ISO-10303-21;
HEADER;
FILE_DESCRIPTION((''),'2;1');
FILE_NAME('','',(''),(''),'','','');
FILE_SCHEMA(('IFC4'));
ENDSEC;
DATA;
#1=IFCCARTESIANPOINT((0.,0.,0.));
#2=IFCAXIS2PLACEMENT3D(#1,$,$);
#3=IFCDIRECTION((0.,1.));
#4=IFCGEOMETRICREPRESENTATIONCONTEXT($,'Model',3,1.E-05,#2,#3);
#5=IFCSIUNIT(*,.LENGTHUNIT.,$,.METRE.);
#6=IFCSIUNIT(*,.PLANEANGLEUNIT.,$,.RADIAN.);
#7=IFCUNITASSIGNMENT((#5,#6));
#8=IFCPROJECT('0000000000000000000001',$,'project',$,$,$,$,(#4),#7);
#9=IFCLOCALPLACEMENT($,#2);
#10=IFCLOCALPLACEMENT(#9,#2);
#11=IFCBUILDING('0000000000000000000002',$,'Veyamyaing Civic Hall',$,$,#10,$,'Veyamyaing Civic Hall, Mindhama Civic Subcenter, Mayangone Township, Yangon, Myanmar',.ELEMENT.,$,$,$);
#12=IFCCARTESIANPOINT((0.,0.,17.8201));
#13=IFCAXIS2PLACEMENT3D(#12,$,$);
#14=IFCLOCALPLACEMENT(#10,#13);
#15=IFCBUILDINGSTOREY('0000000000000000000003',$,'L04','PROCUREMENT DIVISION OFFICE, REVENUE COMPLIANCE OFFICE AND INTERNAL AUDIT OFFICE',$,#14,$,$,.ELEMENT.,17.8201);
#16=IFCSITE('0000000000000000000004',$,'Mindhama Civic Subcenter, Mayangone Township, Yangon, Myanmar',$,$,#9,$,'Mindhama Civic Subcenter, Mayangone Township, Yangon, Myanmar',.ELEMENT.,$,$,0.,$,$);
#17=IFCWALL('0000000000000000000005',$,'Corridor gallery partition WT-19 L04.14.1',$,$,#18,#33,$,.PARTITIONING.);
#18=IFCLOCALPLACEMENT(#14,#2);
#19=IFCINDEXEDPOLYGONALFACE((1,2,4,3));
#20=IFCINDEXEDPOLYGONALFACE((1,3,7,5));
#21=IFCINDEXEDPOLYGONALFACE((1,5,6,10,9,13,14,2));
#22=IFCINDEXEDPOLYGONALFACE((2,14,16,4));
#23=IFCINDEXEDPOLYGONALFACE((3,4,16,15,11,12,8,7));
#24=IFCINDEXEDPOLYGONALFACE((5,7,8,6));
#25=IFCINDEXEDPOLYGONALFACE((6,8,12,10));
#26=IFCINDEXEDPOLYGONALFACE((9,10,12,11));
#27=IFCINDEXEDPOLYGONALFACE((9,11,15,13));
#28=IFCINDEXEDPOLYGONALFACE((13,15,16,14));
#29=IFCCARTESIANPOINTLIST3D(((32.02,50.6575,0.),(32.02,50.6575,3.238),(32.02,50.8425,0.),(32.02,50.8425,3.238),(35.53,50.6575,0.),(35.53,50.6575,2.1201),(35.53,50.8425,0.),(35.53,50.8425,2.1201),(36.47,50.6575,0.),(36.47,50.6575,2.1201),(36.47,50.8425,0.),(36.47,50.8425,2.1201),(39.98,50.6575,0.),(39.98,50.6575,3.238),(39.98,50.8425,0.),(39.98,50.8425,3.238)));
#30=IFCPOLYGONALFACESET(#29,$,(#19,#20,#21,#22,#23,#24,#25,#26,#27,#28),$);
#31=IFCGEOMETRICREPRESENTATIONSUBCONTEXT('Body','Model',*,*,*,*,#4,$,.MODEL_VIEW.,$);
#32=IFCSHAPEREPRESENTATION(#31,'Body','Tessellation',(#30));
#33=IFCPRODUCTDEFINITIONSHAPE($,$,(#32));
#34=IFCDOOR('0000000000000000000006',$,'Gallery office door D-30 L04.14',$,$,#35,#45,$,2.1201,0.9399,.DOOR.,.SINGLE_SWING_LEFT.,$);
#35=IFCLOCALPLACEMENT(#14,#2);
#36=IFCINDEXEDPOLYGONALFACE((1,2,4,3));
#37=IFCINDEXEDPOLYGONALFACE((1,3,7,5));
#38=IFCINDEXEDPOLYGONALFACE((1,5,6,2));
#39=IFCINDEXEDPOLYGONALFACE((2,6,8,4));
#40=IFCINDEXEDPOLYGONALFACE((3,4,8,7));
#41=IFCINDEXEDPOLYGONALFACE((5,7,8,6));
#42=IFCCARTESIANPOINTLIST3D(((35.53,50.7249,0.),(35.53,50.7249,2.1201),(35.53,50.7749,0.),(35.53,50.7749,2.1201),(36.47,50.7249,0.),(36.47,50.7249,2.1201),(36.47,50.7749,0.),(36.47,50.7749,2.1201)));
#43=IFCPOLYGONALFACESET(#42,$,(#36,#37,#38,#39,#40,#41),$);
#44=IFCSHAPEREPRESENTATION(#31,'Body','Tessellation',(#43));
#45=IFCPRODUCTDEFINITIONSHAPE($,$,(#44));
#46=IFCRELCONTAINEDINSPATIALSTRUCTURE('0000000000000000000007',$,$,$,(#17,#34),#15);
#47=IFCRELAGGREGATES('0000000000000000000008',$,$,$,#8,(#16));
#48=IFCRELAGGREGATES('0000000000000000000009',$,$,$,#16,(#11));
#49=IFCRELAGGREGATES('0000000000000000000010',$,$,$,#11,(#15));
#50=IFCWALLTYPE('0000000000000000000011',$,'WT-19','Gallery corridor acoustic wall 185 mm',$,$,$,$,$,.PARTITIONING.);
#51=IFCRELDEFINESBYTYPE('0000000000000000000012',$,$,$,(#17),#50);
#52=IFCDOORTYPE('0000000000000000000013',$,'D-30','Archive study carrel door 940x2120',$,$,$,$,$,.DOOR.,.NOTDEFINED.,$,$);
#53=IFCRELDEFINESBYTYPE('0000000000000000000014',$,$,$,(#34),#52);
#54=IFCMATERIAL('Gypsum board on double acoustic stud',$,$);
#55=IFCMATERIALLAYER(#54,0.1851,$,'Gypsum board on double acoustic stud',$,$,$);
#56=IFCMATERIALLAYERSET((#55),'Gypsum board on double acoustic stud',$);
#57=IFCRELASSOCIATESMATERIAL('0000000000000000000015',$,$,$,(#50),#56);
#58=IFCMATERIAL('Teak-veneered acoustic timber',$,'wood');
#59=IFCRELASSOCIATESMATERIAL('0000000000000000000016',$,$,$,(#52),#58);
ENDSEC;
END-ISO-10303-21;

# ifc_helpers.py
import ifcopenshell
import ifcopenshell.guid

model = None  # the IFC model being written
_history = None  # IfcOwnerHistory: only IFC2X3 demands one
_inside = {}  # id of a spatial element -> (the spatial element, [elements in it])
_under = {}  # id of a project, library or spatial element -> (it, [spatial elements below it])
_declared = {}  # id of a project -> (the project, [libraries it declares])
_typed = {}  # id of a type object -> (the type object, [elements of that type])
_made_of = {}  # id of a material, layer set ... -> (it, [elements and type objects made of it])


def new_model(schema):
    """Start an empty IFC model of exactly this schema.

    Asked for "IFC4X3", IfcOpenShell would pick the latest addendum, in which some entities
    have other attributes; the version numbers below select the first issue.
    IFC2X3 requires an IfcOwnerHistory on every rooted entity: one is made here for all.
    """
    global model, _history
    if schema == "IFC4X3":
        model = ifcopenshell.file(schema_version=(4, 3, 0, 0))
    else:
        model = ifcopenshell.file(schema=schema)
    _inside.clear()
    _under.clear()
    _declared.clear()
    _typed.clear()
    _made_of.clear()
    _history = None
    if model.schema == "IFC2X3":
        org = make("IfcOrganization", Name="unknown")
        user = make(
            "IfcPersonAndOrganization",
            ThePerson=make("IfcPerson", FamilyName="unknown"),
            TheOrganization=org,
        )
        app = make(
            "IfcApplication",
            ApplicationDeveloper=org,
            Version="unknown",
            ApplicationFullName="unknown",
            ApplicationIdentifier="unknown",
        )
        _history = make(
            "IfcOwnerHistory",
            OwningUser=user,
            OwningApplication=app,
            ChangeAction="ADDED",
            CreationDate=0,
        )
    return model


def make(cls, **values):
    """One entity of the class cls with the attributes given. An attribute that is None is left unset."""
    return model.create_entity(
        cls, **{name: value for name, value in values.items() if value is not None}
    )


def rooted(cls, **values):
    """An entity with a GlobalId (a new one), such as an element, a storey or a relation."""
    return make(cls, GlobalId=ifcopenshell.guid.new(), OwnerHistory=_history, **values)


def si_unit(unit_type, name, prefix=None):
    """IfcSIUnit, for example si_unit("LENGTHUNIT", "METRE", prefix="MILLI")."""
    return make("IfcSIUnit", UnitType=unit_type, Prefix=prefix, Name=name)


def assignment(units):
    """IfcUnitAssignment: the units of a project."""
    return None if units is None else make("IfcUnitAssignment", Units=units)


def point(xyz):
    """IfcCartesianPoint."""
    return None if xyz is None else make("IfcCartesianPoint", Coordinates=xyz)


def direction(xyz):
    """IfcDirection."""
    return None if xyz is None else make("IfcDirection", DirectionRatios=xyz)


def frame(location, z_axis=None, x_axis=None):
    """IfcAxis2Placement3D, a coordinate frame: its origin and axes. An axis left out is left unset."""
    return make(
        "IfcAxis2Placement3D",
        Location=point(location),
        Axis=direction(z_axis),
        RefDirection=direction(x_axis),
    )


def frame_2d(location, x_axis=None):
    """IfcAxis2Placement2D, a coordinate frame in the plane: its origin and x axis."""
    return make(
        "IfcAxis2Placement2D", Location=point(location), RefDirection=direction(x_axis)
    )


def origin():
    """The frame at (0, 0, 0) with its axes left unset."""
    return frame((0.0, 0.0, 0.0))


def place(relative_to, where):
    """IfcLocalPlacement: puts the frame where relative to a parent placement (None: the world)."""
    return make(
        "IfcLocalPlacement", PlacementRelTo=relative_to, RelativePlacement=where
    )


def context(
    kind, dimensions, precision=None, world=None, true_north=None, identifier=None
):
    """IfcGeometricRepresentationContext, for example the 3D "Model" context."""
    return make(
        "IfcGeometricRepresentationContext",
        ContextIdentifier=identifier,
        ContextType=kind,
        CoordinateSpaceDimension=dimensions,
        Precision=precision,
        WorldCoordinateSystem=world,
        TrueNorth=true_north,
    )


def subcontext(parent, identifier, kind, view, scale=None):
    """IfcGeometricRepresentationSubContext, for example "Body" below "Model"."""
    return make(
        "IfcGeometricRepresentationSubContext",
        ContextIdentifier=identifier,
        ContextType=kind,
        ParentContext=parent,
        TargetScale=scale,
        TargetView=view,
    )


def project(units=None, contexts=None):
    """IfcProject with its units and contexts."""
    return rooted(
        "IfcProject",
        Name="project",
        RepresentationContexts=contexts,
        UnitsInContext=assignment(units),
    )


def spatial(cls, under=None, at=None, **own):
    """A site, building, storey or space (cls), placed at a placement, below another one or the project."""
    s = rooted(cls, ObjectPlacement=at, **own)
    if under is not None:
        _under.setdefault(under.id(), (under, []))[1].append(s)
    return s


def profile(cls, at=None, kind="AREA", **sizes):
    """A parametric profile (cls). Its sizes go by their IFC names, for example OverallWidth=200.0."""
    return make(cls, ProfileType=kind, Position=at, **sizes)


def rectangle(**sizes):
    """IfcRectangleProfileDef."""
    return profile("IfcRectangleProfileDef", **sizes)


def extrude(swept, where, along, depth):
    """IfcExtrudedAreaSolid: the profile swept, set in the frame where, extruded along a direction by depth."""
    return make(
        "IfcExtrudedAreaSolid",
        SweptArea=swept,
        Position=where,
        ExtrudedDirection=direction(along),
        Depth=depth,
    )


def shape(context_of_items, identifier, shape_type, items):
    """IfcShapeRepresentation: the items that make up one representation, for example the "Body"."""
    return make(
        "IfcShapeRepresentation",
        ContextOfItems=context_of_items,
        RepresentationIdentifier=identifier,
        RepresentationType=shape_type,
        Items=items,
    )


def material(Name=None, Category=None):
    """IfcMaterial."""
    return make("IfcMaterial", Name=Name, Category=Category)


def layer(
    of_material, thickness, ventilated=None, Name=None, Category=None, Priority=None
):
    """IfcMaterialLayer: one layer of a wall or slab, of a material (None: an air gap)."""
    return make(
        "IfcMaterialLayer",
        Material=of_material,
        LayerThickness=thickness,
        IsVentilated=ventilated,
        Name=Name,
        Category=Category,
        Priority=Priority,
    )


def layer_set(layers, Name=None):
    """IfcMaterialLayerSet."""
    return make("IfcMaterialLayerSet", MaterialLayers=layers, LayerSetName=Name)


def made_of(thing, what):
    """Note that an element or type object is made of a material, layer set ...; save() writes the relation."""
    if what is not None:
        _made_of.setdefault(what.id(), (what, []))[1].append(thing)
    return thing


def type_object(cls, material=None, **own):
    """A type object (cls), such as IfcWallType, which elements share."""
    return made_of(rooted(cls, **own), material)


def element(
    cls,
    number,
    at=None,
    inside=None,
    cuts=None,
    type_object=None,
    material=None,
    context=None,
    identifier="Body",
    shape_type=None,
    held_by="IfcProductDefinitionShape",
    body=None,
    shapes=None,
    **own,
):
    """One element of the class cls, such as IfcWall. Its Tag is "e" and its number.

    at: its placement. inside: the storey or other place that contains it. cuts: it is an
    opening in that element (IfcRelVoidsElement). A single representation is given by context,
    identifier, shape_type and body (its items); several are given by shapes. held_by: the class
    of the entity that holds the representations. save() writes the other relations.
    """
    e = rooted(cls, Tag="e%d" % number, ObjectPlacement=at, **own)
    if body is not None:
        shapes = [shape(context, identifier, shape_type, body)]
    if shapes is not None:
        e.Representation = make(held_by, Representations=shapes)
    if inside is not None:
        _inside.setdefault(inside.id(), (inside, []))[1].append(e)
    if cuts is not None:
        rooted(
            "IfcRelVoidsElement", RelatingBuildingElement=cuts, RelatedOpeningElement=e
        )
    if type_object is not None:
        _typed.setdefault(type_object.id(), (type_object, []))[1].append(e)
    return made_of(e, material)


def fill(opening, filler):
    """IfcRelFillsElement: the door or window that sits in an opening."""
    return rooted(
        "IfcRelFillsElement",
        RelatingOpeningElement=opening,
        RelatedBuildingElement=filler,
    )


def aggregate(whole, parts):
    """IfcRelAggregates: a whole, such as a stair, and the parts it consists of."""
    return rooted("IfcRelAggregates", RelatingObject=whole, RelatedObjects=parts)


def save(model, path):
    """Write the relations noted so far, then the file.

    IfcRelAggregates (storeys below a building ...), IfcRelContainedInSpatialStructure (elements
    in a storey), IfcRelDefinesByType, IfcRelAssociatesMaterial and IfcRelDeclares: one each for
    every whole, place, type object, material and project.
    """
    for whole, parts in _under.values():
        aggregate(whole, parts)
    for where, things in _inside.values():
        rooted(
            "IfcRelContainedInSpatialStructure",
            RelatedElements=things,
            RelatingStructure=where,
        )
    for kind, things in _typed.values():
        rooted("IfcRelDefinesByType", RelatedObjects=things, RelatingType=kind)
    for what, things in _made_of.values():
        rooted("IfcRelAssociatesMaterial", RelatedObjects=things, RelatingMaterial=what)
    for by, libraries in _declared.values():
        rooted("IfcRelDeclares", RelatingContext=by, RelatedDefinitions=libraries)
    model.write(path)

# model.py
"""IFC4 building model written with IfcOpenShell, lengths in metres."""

from ifc_helpers import new_model, si_unit, direction, frame, frame_2d, origin, place, context, subcontext, project, spatial, rectangle, extrude, material, layer, layer_set, type_object, element, fill, save


model = new_model("IFC4")

# Units and contexts
model_context = context("Model", 3, precision=1e-05, world=origin(), true_north=direction((0.0, 1.0)))
body_context = subcontext(model_context, "Body", "Model", "MODEL_VIEW")
ifc_project = project(units=[si_unit("LENGTHUNIT", "METRE"), si_unit("PLANEANGLEUNIT", "RADIAN")], contexts=[model_context])

# Site, building, storey
site_placement = place(None, origin())
site = spatial("IfcSite", under=ifc_project, at=site_placement, Name="Mindhama Civic Subcenter, Mayangone Township, Yangon, Myanmar", LongName="Mindhama Civic Subcenter, Mayangone Township, Yangon, Myanmar", CompositionType="ELEMENT", RefElevation=0.0)
building_placement = place(site_placement, origin())
building = spatial("IfcBuilding", under=site, at=building_placement, Name="Veyamyaing Civic Hall", LongName="Veyamyaing Civic Hall, Mindhama Civic Subcenter, Mayangone Township, Yangon, Myanmar", CompositionType="ELEMENT")
storey_placement = place(building_placement, frame((0.0, 0.0, 17.8201)))
storey = spatial("IfcBuildingStorey", under=building, at=storey_placement, Name="L04", Description="PROCUREMENT DIVISION OFFICE, REVENUE COMPLIANCE OFFICE AND INTERNAL AUDIT OFFICE", CompositionType="ELEMENT", Elevation=17.8201)

# Wall, opening, door
ifc_material_1 = material(Name="Gypsum board on double acoustic stud")
ifc_layer_1 = layer(ifc_material_1, 0.1851, Name="Gypsum board on double acoustic stud")
ifc_layer_set_1 = layer_set([ifc_layer_1], Name="Gypsum board on double acoustic stud")
wall_type_1 = type_object("IfcWallType", Name="WT-19", Description="Gallery corridor acoustic wall 185 mm", PredefinedType="PARTITIONING", material=ifc_layer_set_1)
wall_1_placement = place(storey_placement, frame((32.02, 50.75, 0.0), z_axis=(0.0, 0.0, 1.0), x_axis=(1.0, 0.0, 0.0)))
wall_1 = element("IfcWall", 1, at=wall_1_placement, inside=storey, type_object=wall_type_1, Name="Corridor gallery partition WT-19 L04.14.1", PredefinedType="PARTITIONING", context=body_context, shape_type="SweptSolid", body=[
    extrude(rectangle(XDim=7.96, YDim=0.1851, at=frame_2d((3.98, 0.0))), origin(), (0.0, 0.0, 1.0), 3.238),
])
opening_placement = place(wall_1_placement, frame((3.51, 0.0, 0.0)))
opening = element("IfcOpeningElement", 2, at=opening_placement, cuts=wall_1, PredefinedType="OPENING", context=body_context, shape_type="SweptSolid", body=[
    extrude(rectangle(XDim=0.9399, YDim=2.1201, at=frame_2d((0.47, 1.0601))), frame((0.0, 0.1025, 0.0), z_axis=(0.0, -1.0, 0.0), x_axis=(1.0, 0.0, 0.0)), (0.0, 0.0, 1.0), 0.2051),
])
ifc_material_2 = material(Name="Teak-veneered acoustic timber", Category="wood")
door_type = type_object("IfcDoorType", Name="D-30", Description="Archive study carrel door 940x2120", OperationType="NOTDEFINED", PredefinedType="DOOR", material=ifc_material_2)
door_placement = place(opening_placement, origin())
door = element("IfcDoor", 3, at=door_placement, inside=storey, type_object=door_type, Name="Gallery office door D-30 L04.14", OperationType="SINGLE_SWING_LEFT", OverallHeight=2.1201, OverallWidth=0.9399, PredefinedType="DOOR", context=body_context, shape_type="SweptSolid", body=[
    extrude(rectangle(XDim=0.9399, YDim=2.1201, at=frame_2d((0.47, 1.0601))), frame((0.0, 0.0249, 0.0), z_axis=(0.0, -1.0, 0.0), x_axis=(1.0, 0.0, 0.0)), (0.0, 0.0, 1.0), 0.05),
])
fill(opening, door)

save(model, "model.ifc")
